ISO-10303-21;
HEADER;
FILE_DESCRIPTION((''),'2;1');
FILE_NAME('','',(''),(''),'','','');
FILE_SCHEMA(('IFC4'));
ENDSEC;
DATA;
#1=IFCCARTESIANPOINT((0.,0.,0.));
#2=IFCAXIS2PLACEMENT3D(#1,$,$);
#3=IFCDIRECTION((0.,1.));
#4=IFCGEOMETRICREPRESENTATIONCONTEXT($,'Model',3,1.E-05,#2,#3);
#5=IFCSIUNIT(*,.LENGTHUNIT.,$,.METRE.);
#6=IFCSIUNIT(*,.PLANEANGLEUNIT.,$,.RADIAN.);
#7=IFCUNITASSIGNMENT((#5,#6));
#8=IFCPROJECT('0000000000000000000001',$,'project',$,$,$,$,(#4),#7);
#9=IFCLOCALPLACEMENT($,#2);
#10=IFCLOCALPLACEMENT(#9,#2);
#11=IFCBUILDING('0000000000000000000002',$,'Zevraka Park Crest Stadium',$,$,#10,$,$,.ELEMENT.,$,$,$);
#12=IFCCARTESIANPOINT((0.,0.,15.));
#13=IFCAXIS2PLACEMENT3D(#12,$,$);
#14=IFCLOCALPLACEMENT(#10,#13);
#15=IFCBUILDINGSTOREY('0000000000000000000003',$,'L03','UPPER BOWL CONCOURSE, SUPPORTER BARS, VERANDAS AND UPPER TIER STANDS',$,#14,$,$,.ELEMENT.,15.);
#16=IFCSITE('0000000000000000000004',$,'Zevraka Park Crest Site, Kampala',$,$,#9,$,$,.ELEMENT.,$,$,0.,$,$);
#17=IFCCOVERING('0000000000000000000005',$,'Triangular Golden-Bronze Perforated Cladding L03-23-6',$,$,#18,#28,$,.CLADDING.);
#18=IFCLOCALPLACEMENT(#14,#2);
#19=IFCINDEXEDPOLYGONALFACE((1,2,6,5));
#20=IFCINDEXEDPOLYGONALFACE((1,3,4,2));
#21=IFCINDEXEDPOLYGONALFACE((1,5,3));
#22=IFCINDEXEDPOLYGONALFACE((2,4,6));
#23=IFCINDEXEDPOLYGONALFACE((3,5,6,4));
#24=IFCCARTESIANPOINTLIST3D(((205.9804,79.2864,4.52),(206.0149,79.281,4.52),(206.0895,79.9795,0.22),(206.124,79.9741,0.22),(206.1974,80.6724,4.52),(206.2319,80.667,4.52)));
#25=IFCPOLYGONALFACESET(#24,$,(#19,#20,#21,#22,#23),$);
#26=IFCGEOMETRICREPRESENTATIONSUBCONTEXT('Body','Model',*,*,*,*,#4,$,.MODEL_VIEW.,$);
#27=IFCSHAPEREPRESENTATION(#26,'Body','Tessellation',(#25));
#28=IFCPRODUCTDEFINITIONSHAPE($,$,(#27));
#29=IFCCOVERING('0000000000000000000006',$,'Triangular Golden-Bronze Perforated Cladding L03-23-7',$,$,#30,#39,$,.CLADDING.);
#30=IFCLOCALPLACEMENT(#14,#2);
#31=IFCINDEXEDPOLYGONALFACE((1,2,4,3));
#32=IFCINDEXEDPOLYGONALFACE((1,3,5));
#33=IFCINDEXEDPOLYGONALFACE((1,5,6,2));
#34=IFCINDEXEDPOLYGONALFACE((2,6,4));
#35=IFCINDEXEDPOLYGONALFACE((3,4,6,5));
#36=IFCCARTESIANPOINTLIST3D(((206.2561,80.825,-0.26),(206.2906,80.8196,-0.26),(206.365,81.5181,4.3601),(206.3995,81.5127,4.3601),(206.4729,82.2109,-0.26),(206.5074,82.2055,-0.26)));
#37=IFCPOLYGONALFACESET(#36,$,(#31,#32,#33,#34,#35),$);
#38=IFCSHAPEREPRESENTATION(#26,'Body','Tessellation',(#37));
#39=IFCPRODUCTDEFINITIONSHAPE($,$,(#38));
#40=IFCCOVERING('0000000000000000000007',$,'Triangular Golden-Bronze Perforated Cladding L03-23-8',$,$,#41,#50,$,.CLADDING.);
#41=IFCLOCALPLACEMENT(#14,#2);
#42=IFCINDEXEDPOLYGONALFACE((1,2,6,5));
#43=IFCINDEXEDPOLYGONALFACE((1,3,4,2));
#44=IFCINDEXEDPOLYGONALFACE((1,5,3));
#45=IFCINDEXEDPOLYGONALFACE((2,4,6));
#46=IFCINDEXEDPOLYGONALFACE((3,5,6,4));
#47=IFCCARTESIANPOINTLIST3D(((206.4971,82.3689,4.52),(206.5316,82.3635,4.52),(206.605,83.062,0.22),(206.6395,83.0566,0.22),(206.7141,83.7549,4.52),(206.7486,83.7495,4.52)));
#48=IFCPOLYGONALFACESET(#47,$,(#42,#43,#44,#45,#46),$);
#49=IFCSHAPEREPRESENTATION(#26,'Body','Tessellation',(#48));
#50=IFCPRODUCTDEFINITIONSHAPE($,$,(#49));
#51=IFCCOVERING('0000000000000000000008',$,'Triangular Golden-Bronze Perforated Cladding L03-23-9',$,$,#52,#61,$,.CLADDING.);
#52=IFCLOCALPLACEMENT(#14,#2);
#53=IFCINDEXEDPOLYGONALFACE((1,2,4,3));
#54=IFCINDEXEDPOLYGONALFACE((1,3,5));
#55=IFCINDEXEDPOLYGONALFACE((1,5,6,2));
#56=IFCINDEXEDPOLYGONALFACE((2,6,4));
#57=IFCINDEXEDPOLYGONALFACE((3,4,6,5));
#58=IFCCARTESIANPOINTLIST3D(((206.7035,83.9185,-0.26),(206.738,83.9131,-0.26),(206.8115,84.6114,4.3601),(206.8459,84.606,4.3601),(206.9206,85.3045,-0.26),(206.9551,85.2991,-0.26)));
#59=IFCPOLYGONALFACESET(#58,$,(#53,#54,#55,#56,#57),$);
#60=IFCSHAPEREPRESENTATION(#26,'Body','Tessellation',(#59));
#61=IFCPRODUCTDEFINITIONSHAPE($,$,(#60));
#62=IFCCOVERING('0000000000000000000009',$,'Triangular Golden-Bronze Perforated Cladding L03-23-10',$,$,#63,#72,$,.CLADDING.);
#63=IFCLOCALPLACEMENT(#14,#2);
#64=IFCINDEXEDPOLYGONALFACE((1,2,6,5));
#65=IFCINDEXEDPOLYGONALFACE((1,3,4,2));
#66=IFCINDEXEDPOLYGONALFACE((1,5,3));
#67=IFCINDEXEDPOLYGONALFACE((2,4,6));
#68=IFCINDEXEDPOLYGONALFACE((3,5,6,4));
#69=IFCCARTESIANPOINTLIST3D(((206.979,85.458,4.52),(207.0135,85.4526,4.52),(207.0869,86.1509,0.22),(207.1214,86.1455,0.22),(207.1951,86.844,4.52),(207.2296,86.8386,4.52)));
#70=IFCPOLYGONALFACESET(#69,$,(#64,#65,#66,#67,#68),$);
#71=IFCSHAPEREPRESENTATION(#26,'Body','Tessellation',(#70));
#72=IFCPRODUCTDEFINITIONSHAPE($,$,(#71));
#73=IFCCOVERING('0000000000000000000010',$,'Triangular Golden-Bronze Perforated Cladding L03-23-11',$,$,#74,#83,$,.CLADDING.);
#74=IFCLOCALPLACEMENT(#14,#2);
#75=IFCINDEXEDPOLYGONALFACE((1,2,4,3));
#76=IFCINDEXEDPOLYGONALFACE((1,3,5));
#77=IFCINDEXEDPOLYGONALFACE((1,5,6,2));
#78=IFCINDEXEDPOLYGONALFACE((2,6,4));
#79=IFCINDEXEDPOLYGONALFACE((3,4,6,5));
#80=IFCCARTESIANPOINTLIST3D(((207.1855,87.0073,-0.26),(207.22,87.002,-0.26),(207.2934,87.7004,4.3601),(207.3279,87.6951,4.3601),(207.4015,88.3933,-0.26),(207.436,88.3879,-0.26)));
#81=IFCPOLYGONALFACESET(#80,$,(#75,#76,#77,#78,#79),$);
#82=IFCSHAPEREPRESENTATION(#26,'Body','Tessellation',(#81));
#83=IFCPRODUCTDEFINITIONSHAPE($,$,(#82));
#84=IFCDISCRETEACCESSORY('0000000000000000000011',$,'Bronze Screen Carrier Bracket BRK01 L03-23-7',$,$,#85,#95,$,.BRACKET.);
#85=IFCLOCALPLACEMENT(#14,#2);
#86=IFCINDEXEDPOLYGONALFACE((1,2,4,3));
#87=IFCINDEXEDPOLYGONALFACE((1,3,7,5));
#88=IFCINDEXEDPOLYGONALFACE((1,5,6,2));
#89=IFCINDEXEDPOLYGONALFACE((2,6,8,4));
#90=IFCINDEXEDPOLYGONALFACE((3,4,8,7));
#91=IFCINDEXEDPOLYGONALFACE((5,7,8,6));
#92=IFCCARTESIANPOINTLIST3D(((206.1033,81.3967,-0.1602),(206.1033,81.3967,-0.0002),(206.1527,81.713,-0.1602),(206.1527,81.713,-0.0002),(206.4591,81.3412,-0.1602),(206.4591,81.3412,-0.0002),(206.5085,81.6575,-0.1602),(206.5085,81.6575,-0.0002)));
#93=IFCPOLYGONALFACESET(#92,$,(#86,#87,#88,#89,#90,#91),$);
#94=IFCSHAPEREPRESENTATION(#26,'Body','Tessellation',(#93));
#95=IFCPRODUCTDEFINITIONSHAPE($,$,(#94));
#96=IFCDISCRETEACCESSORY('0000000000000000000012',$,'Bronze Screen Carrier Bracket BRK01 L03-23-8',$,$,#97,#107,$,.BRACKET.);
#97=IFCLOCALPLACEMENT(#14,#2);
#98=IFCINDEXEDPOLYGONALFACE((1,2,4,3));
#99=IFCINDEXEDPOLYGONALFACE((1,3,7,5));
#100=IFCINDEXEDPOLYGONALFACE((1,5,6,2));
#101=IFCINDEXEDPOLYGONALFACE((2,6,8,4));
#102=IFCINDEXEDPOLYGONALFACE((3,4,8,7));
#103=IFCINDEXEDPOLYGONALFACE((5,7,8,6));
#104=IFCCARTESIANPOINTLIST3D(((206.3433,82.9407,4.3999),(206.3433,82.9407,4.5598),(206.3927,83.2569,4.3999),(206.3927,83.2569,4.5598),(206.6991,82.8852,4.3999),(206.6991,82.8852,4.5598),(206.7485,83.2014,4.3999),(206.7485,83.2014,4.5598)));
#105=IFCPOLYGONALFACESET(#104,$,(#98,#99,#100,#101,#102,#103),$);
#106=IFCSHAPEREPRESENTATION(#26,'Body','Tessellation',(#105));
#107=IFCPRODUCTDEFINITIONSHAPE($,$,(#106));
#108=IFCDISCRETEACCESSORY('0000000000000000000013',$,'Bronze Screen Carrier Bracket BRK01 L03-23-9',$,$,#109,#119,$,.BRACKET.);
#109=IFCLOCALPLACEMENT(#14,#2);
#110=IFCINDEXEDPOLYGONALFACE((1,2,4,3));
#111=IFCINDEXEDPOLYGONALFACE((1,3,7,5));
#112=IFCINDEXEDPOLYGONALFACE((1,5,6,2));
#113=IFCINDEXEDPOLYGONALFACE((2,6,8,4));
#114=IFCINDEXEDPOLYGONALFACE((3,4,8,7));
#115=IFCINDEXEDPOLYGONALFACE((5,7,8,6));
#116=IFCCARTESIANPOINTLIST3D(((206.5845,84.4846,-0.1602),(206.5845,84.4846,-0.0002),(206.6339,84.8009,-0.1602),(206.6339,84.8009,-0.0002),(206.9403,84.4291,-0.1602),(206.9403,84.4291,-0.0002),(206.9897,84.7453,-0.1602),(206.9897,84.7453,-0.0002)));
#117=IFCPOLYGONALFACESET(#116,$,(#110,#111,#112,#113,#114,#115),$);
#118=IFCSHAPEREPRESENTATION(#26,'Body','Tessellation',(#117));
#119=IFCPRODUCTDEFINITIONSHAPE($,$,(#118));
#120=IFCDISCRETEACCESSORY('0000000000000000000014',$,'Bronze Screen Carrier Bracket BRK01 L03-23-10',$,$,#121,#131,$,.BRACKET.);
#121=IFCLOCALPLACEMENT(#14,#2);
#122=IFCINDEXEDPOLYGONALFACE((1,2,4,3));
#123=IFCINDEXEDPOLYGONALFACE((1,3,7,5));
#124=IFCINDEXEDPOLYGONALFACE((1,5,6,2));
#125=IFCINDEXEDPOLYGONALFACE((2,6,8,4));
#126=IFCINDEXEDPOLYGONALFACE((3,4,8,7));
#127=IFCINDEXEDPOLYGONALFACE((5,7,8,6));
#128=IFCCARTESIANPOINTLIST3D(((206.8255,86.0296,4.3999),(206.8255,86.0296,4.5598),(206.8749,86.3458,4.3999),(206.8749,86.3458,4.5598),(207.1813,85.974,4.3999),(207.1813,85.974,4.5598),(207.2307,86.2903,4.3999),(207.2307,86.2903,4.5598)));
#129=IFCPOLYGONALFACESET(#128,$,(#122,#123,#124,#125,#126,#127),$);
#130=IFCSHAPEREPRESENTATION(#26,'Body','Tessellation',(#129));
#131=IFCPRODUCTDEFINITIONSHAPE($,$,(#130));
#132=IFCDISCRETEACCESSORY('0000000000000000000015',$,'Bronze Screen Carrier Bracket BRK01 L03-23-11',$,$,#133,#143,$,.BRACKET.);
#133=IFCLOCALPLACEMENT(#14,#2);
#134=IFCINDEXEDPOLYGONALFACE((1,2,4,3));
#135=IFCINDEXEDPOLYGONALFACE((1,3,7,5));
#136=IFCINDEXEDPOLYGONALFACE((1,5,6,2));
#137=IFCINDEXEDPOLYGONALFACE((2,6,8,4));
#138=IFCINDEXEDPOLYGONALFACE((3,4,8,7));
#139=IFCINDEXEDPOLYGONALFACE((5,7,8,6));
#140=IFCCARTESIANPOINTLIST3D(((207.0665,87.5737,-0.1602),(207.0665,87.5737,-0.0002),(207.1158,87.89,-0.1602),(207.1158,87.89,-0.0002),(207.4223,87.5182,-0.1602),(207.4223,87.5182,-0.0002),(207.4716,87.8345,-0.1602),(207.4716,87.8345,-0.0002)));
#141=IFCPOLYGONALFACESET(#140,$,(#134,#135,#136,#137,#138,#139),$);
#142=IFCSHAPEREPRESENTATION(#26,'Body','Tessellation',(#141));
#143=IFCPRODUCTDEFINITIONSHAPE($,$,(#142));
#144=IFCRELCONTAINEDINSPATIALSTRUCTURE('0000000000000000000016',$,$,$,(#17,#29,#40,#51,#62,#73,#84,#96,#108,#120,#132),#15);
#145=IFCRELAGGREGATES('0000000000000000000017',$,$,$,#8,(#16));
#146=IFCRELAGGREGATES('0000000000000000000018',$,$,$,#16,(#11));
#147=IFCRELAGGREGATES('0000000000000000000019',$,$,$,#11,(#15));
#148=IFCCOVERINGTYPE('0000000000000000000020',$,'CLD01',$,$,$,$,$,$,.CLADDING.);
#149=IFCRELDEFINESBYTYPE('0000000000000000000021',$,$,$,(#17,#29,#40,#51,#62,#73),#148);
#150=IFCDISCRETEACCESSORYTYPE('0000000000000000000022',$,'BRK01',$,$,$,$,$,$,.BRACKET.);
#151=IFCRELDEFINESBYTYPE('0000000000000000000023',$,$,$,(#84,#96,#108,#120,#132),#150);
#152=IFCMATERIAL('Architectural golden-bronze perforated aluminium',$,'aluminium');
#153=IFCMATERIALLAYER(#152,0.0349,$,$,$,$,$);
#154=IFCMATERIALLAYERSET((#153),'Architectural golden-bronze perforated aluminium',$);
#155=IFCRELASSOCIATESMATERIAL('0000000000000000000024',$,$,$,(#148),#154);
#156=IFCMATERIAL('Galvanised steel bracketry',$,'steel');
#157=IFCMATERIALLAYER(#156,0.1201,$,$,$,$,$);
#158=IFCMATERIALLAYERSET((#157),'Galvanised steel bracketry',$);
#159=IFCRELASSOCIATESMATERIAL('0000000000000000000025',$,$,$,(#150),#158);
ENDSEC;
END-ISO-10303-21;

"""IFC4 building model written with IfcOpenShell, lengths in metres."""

from ifc_helpers import new_model, si_unit, direction, frame, origin, origin_2d, place, context, subcontext, project, spatial, polyline, rectangle, outline, extrude, material, layer, layer_set, type_object, element, save


model = new_model("IFC4")

# Units and contexts
model_context = context("Model", 3, precision=1e-05, world=origin(), true_north=direction((0.0, 1.0)))
body_context = subcontext(model_context, "Body", "Model", "MODEL_VIEW")
ifc_project = project(units=[si_unit("LENGTHUNIT", "METRE"), si_unit("PLANEANGLEUNIT", "RADIAN")], contexts=[model_context])

# Site, building, storey
site_placement = place(None, origin())
site = spatial("IfcSite", under=ifc_project, at=site_placement, Name="Zevraka Park Crest Site, Kampala", CompositionType="ELEMENT", RefElevation=0.0)
building_placement = place(site_placement, origin())
building = spatial("IfcBuilding", under=site, at=building_placement, Name="Zevraka Park Crest Stadium", CompositionType="ELEMENT")
storey_placement = place(building_placement, frame((0.0, 0.0, 15.0)))
storey = spatial("IfcBuildingStorey", under=building, at=storey_placement, Name="L03", Description="UPPER BOWL CONCOURSE, SUPPORTER BARS, VERANDAS AND UPPER TIER STANDS", CompositionType="ELEMENT", Elevation=15.0)

# Coverings
ifc_material_1 = material(Name="Architectural golden-bronze perforated aluminium", Category="aluminium")
ifc_layer_1 = layer(ifc_material_1, 0.0349)
ifc_layer_set_1 = layer_set([ifc_layer_1], Name="Architectural golden-bronze perforated aluminium")
covering_type = type_object("IfcCoveringType", Name="CLD01", PredefinedType="CLADDING", material=ifc_layer_set_1)
covering_1_placement = place(storey_placement, frame((206.2319, 80.667, 4.52), z_axis=(0.98796, -0.154711, 0.000136), x_axis=(-0.154711, -0.98796, 0.0)))
element("IfcCovering", 1, at=covering_1_placement, inside=storey, type_object=covering_type, Name="Triangular Golden-Bronze Perforated Cladding L03-23-6", PredefinedType="CLADDING", context=body_context, shape_type="SweptSolid", body=[
    extrude(outline(polyline([(0.0, 0.0), (1.4029, 0.0), (0.7012, 4.3), (0.0, 0.0)])), origin(), (0.0, 0.0, -1.0), 0.0349),
])
covering_2_placement = place(storey_placement, frame((206.2561, 80.825, -0.26), z_axis=(-0.987986, 0.154541, 0.0001), x_axis=(0.154541, 0.987986, 0.0)))
element("IfcCovering", 2, at=covering_2_placement, inside=storey, type_object=covering_type, Name="Triangular Golden-Bronze Perforated Cladding L03-23-7", PredefinedType="CLADDING", context=body_context, shape_type="SweptSolid", body=[
    extrude(outline(polyline([(0.0, 0.0), (1.4028, 0.0), (0.7016, -4.6201), (0.0, 0.0)])), origin(), (0.0, 0.0, -1.0), 0.0349),
])
covering_3_placement = place(storey_placement, frame((206.7141, 83.7549, 4.52), z_axis=(-0.98796, 0.154711, 0.000145), x_axis=(-0.154711, -0.98796, 0.0)))
element("IfcCovering", 3, at=covering_3_placement, inside=storey, type_object=covering_type, Name="Triangular Golden-Bronze Perforated Cladding L03-23-8", PredefinedType="CLADDING", context=body_context, shape_type="SweptSolid", body=[
    extrude(outline(polyline([(0.0, 0.0), (1.4029, 0.0), (0.7014, -4.3), (0.0, 0.0)])), origin(), (0.0, 0.0, -1.0), 0.0349),
])
covering_4_placement = place(storey_placement, frame((206.738, 83.9131, -0.26), z_axis=(0.98796, -0.154711, 0.000126), x_axis=(0.154711, 0.98796, 0.0)))
element("IfcCovering", 4, at=covering_4_placement, inside=storey, type_object=covering_type, Name="Triangular Golden-Bronze Perforated Cladding L03-23-9", PredefinedType="CLADDING", context=body_context, shape_type="SweptSolid", body=[
    extrude(outline(polyline([(0.0, 0.0), (1.4029, 0.0), (0.7012, 4.6201), (0.0, 0.0)])), origin(), (0.0, 0.0, -1.0), 0.0349),
])
covering_5_placement = place(storey_placement, frame((207.1951, 86.844, 4.52), z_axis=(-0.988066, 0.154032, 0.000024), x_axis=(-0.154032, -0.988066, 0.0)))
element("IfcCovering", 5, at=covering_5_placement, inside=storey, type_object=covering_type, Name="Triangular Golden-Bronze Perforated Cladding L03-23-10", PredefinedType="CLADDING", context=body_context, shape_type="SweptSolid", body=[
    extrude(outline(polyline([(0.0, 0.0), (1.4027, 0.0), (0.7015, -4.3), (0.0, 0.0)])), origin(), (0.0, 0.0, -1.0), 0.0349),
])
covering_6_placement = place(storey_placement, frame((207.22, 87.002, -0.26), z_axis=(0.988066, -0.154032, 0.00003), x_axis=(0.154032, 0.988066, 0.0)))
element("IfcCovering", 6, at=covering_6_placement, inside=storey, type_object=covering_type, Name="Triangular Golden-Bronze Perforated Cladding L03-23-11", PredefinedType="CLADDING", context=body_context, shape_type="SweptSolid", body=[
    extrude(outline(polyline([(0.0, 0.0), (1.4027, 0.0), (0.7015, 4.6201), (0.0, 0.0)])), origin(), (0.0, 0.0, -1.0), 0.0349),
])

# Discrete accessories
ifc_material_2 = material(Name="Galvanised steel bracketry", Category="steel")
ifc_layer_2 = layer(ifc_material_2, 0.1201)
ifc_layer_set_2 = layer_set([ifc_layer_2], Name="Galvanised steel bracketry")
discrete_accessory_type = type_object("IfcDiscreteAccessoryType", Name="BRK01", PredefinedType="BRACKET", material=ifc_layer_set_2)
for number, where, z_axis, x_axis, name in (
    (7, (206.3059, 81.5271, -0.1602), (0.0, 0.0, 1.0), (0.154193, 0.988041, 0.0), "Bronze Screen Carrier Bracket BRK01 L03-23-7"),
    (8, (206.5459, 83.071, 4.3999), (0.0, 0.0, 1.0), (0.154193, 0.988041, 0.0), "Bronze Screen Carrier Bracket BRK01 L03-23-8"),
    (9, (206.7871, 84.615, -0.1602), (0.0, 0.0, 1.0), (0.154193, 0.988041, 0.0), "Bronze Screen Carrier Bracket BRK01 L03-23-9"),
    (10, (207.0281, 86.1599, 4.3999), (0.0, 0.0, 1.0), (0.154193, 0.988041, 0.0), "Bronze Screen Carrier Bracket BRK01 L03-23-10"),
    (11, (207.269, 87.7041, -0.1602), (0.0, 0.0, 1.0), (0.154193, 0.988041, 0.0), "Bronze Screen Carrier Bracket BRK01 L03-23-11"),
):
    element("IfcDiscreteAccessory", number, at=place(storey_placement, frame(where, z_axis=z_axis, x_axis=x_axis)), inside=storey, type_object=discrete_accessory_type, Name=name, PredefinedType="BRACKET", context=body_context, shape_type="SweptSolid", body=[
        extrude(rectangle(XDim=0.3201, YDim=0.3601, at=origin_2d()), origin(), (0.0, 0.0, 1.0), 0.1599),
    ])

save(model, "model.ifc")
